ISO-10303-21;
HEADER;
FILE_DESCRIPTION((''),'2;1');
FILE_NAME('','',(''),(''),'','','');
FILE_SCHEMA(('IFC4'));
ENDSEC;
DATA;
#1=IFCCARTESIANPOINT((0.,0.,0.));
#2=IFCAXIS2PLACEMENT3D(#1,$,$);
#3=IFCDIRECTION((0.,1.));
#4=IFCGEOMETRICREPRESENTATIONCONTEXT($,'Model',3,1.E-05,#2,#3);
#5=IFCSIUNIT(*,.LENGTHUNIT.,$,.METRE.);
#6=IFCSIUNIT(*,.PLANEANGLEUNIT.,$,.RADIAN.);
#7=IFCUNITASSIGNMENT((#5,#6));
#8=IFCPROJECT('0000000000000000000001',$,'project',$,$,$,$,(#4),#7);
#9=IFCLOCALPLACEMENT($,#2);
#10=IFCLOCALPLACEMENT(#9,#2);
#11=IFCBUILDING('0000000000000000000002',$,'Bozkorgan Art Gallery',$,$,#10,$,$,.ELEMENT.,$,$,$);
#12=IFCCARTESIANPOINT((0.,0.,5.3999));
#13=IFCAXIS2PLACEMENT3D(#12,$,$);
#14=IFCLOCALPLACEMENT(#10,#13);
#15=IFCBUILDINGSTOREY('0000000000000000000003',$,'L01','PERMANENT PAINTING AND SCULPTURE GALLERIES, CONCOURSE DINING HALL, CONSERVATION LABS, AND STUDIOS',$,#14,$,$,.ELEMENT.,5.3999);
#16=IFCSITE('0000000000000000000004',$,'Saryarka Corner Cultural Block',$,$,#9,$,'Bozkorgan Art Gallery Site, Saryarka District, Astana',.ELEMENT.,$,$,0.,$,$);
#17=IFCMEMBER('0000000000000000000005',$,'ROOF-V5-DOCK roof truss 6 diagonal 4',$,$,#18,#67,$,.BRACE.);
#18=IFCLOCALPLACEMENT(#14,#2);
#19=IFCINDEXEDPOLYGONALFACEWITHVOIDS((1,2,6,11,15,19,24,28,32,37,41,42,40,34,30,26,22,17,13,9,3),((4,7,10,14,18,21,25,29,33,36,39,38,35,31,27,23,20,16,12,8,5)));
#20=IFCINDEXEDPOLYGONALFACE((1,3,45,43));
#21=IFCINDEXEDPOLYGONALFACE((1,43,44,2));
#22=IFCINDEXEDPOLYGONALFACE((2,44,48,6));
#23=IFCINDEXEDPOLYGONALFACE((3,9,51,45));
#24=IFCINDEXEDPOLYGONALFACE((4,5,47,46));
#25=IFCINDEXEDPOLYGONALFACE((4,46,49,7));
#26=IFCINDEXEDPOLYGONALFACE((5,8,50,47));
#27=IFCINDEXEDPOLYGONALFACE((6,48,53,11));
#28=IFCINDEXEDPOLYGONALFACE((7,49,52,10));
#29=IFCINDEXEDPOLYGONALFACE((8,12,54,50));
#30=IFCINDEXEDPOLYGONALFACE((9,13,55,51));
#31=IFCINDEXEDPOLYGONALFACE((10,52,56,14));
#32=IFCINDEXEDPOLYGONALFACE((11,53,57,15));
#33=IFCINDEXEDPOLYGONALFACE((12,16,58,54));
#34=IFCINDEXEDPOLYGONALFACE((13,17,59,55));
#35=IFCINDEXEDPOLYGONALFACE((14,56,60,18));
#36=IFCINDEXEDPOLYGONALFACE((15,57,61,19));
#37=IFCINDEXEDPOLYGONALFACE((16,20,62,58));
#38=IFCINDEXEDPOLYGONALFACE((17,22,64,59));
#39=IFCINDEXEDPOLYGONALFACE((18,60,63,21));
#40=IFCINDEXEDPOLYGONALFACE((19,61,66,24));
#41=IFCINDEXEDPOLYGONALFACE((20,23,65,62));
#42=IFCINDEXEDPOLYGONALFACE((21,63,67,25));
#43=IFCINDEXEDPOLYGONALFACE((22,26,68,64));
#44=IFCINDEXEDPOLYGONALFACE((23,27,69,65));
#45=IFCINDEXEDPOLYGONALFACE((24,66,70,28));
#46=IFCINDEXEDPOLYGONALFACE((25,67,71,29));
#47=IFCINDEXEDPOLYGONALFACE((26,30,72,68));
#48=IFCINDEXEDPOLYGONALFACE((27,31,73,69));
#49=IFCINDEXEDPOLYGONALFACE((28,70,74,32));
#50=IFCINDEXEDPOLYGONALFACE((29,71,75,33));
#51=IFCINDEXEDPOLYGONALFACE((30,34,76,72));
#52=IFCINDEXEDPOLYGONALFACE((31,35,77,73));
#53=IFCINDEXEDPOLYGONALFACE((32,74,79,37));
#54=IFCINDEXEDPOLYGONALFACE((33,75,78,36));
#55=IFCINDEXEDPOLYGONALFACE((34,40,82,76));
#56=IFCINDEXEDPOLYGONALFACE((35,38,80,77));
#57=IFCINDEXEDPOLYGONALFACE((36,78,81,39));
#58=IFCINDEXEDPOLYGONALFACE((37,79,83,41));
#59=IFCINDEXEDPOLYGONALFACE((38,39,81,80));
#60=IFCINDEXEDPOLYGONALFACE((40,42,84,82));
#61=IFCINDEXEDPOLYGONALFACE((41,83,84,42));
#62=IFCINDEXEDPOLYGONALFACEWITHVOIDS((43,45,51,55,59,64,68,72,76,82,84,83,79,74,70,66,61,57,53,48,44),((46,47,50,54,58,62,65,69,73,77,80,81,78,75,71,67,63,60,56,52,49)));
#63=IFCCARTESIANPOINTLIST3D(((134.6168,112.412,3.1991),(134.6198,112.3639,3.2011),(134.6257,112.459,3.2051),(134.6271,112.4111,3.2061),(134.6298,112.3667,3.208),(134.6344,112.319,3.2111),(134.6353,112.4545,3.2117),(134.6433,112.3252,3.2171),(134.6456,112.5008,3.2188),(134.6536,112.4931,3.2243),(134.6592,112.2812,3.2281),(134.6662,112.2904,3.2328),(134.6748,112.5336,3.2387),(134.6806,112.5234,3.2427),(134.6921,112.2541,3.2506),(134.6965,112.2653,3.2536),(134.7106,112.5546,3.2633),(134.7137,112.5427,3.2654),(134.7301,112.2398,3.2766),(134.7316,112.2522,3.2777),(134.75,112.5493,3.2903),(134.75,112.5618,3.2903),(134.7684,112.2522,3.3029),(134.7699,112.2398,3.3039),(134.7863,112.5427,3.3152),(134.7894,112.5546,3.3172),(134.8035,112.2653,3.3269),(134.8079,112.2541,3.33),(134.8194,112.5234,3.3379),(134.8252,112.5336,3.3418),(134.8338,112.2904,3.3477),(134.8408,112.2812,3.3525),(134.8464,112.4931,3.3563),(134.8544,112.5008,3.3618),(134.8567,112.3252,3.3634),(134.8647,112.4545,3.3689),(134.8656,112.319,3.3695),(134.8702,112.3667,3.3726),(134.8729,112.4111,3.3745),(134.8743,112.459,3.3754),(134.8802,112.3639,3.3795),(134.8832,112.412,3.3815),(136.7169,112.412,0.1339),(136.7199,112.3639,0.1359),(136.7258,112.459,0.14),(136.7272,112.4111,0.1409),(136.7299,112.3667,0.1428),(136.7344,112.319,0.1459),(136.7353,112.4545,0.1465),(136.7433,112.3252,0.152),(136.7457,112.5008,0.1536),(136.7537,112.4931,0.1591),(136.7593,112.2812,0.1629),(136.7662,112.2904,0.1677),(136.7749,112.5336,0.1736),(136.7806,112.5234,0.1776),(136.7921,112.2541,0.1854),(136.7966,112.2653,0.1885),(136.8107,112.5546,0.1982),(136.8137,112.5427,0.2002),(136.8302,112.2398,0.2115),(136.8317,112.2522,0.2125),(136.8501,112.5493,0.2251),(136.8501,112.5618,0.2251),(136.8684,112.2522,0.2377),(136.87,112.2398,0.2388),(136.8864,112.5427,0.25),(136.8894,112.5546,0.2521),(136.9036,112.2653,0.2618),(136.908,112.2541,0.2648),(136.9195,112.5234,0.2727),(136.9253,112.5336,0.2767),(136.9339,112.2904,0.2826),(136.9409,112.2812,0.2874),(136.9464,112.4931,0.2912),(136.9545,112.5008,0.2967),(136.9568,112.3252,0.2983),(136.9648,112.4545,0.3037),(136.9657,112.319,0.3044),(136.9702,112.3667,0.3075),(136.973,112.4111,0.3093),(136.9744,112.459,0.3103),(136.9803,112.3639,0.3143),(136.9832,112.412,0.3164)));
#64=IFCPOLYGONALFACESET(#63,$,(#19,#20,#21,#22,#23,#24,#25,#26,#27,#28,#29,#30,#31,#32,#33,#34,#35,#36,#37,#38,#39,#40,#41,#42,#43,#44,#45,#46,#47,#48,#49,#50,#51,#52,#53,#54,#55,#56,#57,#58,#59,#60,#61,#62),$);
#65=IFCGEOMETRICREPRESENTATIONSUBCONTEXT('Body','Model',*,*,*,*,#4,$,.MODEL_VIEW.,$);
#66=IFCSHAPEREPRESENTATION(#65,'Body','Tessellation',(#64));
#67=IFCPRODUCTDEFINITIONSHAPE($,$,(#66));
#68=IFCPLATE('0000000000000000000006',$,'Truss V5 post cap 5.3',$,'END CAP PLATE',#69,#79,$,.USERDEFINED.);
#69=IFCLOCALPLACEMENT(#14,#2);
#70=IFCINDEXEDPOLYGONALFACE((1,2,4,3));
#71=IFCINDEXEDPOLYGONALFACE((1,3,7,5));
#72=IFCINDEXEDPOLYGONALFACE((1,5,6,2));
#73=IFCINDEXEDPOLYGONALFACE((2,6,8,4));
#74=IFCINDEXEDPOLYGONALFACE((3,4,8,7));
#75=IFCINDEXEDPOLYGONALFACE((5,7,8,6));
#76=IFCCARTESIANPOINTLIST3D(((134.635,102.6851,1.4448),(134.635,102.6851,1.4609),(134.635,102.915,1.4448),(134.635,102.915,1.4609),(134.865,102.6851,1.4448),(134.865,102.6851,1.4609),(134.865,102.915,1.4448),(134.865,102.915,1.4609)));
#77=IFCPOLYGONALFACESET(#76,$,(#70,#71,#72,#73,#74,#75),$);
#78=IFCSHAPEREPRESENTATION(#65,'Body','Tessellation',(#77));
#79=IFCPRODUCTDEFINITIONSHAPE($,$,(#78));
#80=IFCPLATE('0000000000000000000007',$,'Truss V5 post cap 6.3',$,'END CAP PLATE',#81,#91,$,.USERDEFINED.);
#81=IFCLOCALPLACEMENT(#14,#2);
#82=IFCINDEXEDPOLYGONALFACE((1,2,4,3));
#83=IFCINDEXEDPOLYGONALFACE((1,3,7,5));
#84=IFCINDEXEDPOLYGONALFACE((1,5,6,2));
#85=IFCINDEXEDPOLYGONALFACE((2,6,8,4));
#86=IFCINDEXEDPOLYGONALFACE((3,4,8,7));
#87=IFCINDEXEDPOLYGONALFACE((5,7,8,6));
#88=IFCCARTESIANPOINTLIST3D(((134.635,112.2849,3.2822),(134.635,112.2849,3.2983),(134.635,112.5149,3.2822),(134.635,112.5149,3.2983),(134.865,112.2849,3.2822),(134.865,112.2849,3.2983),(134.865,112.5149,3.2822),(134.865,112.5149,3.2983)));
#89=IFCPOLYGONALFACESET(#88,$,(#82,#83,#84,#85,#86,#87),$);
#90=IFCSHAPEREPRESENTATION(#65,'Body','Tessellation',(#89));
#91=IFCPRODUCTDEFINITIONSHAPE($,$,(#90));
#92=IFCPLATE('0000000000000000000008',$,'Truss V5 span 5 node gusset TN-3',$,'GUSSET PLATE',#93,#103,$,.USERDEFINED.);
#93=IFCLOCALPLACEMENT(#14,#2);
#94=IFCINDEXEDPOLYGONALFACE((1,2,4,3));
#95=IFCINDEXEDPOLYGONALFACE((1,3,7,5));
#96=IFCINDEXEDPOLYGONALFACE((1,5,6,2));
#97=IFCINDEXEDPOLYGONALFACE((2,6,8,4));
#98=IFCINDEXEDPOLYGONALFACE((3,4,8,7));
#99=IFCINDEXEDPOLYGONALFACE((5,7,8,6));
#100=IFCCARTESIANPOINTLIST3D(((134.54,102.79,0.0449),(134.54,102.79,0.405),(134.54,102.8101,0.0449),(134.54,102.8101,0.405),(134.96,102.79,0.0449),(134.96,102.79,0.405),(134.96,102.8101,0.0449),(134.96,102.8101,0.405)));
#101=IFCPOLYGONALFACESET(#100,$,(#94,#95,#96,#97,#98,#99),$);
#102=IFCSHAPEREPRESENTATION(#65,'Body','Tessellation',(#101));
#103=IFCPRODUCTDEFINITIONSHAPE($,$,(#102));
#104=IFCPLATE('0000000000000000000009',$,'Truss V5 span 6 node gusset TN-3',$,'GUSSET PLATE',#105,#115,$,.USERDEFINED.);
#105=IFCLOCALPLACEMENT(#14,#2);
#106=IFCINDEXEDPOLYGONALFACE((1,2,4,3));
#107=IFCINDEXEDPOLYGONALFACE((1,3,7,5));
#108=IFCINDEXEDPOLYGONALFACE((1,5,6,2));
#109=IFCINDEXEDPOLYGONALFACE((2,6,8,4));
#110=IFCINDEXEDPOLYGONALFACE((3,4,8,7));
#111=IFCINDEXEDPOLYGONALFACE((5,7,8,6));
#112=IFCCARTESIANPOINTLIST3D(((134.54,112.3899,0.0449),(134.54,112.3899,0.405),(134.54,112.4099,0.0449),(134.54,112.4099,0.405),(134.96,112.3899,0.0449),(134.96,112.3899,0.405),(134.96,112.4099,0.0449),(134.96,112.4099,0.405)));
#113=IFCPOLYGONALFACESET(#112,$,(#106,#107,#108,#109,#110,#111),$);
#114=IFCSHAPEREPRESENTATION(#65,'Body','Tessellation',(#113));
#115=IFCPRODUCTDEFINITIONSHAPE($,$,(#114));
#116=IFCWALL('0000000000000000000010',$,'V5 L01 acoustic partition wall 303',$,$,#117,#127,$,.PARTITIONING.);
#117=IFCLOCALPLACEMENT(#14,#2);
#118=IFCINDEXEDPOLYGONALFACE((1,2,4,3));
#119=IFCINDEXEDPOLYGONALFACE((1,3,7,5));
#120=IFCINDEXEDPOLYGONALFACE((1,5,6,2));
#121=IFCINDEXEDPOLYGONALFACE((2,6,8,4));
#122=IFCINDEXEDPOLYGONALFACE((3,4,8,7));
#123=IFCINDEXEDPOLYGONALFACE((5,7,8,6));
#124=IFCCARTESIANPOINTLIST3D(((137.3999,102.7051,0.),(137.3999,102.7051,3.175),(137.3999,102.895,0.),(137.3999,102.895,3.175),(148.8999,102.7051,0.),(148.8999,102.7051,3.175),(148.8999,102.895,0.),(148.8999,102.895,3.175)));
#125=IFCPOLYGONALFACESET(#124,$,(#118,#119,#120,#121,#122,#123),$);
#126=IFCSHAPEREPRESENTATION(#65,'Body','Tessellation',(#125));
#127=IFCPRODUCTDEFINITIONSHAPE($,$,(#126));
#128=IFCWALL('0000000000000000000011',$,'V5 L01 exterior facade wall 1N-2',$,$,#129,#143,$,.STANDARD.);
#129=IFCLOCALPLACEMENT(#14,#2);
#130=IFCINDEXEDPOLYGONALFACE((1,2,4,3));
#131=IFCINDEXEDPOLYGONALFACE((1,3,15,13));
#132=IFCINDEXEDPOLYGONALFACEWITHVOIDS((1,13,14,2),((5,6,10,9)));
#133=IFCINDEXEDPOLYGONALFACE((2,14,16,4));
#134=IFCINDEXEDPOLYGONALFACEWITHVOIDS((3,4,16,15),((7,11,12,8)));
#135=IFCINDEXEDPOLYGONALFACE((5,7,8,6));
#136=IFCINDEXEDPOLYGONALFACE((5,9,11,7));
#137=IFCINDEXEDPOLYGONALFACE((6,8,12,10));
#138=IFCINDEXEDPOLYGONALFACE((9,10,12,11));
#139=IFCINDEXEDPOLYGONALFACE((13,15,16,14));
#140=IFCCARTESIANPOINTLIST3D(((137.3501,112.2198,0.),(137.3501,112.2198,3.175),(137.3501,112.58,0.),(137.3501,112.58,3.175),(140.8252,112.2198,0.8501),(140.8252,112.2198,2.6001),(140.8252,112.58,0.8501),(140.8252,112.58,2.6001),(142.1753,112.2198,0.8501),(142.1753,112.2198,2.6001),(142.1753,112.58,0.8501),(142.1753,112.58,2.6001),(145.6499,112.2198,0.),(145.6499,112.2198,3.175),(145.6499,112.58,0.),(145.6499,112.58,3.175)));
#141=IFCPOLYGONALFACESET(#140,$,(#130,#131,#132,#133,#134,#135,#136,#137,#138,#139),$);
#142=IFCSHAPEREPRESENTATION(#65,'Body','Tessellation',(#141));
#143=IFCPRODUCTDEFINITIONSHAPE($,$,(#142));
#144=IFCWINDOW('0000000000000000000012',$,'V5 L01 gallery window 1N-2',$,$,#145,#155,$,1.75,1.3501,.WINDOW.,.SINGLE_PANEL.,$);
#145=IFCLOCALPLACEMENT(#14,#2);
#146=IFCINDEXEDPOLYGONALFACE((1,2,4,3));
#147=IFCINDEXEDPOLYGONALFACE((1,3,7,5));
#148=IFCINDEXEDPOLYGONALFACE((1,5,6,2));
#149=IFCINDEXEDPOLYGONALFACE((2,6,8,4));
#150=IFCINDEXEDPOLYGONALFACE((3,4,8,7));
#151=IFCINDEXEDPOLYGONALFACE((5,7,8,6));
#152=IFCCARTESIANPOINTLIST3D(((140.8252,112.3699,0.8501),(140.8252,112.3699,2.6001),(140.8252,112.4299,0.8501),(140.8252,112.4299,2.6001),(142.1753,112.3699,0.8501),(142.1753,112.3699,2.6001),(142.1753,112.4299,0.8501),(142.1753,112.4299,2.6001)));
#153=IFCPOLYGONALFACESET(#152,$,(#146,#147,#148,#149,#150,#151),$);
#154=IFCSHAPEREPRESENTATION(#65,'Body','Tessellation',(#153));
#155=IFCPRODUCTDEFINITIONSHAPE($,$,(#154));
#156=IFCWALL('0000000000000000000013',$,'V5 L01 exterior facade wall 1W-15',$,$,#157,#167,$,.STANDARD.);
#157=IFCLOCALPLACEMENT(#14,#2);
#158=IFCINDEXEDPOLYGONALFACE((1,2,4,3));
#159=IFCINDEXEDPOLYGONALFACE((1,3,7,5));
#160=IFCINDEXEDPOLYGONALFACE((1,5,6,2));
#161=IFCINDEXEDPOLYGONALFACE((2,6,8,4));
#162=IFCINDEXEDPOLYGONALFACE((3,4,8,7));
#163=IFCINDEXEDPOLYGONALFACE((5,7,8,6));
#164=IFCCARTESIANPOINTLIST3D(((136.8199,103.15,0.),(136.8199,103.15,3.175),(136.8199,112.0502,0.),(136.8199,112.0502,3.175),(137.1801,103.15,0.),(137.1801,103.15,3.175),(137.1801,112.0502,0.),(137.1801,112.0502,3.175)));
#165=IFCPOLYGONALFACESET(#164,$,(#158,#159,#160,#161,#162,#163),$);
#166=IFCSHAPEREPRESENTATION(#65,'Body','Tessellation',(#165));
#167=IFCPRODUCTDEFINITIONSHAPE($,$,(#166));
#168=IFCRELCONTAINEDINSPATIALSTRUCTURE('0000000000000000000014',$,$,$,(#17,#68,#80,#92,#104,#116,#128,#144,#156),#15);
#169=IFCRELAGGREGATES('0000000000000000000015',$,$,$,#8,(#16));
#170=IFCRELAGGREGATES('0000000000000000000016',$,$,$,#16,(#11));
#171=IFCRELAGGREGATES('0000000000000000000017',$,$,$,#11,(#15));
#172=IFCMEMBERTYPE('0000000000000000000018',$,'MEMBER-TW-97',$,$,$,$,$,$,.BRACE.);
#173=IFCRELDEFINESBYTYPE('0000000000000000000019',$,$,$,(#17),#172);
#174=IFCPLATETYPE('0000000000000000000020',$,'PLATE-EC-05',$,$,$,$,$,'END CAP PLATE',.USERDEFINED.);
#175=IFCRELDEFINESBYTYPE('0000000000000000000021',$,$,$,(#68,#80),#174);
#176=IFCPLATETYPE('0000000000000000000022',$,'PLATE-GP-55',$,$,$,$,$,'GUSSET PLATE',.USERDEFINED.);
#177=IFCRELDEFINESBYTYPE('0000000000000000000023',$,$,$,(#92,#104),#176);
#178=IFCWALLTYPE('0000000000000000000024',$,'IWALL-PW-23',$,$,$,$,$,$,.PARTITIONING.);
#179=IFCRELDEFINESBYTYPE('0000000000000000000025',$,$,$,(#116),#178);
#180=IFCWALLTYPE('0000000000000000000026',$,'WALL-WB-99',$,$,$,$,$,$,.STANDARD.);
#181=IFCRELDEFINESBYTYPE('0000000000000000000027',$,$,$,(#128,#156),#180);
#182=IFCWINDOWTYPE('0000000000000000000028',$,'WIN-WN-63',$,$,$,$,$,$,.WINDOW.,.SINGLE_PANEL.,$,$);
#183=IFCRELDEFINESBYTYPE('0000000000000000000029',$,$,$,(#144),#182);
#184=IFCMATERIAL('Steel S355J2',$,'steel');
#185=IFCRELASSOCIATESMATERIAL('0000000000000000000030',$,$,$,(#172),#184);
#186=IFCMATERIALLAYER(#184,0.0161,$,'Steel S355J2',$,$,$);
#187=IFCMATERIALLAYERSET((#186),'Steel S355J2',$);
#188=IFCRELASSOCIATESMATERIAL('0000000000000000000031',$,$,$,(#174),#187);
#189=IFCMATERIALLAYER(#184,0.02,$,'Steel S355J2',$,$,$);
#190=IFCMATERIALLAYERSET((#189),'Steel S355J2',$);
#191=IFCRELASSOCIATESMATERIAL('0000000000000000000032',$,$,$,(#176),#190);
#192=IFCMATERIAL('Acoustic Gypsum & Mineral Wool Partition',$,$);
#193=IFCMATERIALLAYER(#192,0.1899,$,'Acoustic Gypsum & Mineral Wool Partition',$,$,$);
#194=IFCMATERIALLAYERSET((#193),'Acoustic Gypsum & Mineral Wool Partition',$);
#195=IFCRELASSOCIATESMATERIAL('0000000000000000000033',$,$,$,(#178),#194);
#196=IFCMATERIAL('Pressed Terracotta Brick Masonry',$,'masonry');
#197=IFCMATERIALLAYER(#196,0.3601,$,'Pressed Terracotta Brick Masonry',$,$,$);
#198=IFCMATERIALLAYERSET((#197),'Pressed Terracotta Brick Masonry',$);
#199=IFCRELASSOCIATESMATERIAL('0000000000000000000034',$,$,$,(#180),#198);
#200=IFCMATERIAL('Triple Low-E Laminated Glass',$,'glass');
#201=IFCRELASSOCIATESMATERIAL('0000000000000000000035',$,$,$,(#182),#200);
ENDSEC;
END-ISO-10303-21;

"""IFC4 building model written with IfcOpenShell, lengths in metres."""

from ifc_helpers import new_model, si_unit, direction, frame, frame_2d, origin, origin_2d, place, context, subcontext, project, spatial, rectangle, hollow_circle, extrude, material, layer, layer_set, material_profile, profile_set, type_object, element, fill, save


model = new_model("IFC4")

# Units and contexts
model_context = context("Model", 3, precision=1e-05, world=origin(), true_north=direction((0.0, 1.0)))
body_context = subcontext(model_context, "Body", "Model", "MODEL_VIEW")
ifc_project = project(units=[si_unit("LENGTHUNIT", "METRE"), si_unit("PLANEANGLEUNIT", "RADIAN")], contexts=[model_context])

# Site, building, storey
site_placement = place(None, origin())
site = spatial("IfcSite", under=ifc_project, at=site_placement, Name="Saryarka Corner Cultural Block", LongName="Bozkorgan Art Gallery Site, Saryarka District, Astana", CompositionType="ELEMENT", RefElevation=0.0)
building_placement = place(site_placement, origin())
building = spatial("IfcBuilding", under=site, at=building_placement, Name="Bozkorgan Art Gallery", CompositionType="ELEMENT")
storey_placement = place(building_placement, frame((0.0, 0.0, 5.3999)))
storey = spatial("IfcBuildingStorey", under=building, at=storey_placement, Name="L01", Description="PERMANENT PAINTING AND SCULPTURE GALLERIES, CONCOURSE DINING HALL, CONSERVATION LABS, AND STUDIOS", CompositionType="ELEMENT", Elevation=5.3999)

# Shared definitions
ifc_material_1 = material(Name="Steel S355J2", Category="steel")

# Member
ifc_material_profile_1 = material_profile(ifc_material_1, hollow_circle(Radius=0.1619, WallThickness=0.0125, at=origin_2d()), Name="CHS 323.9x12.5")
ifc_profile_set_1 = profile_set([ifc_material_profile_1], Name="Steel S355J2")
member_type_1 = type_object("IfcMemberType", Name="MEMBER-TW-97", PredefinedType="BRACE", material=ifc_profile_set_1)
member_1_placement = place(storey_placement, frame((134.75, 112.3999, 3.2903), z_axis=(0.565209, 0.0, -0.824948), x_axis=(0.0, 1.0, 0.0)))
element("IfcMember", 1, at=member_1_placement, inside=storey, type_object=member_type_1, Name="ROOF-V5-DOCK roof truss 6 diagonal 4", PredefinedType="BRACE", context=body_context, shape_type="SweptSolid", body=[
    extrude(hollow_circle(Radius=0.1619, WallThickness=0.0125, at=origin_2d()), origin(), (0.0, 0.0, 1.0), 3.7156),
])

# Plates
ifc_layer_1 = layer(ifc_material_1, 0.0161, Name="Steel S355J2")
ifc_layer_set_1 = layer_set([ifc_layer_1], Name="Steel S355J2")
plate_type_1 = type_object("IfcPlateType", Name="PLATE-EC-05", ElementType="END CAP PLATE", PredefinedType="USERDEFINED", material=ifc_layer_set_1)
for number, where, z_axis, x_axis, name in (
    (2, (134.75, 102.8, 1.4448), (0.0, 0.0, 1.0), (1.0, 0.0, 0.0), "Truss V5 post cap 5.3"),
    (3, (134.75, 112.3999, 3.2822), (0.0, 0.0, 1.0), (1.0, 0.0, 0.0), "Truss V5 post cap 6.3"),
):
    element("IfcPlate", number, at=place(storey_placement, frame(where, z_axis=z_axis, x_axis=x_axis)), inside=storey, type_object=plate_type_1, Name=name, ObjectType="END CAP PLATE", PredefinedType="USERDEFINED", context=body_context, shape_type="SweptSolid", body=[
        extrude(rectangle(XDim=0.23, YDim=0.23, at=origin_2d()), origin(), (0.0, 0.0, 1.0), 0.0161),
    ])
ifc_layer_2 = layer(ifc_material_1, 0.02, Name="Steel S355J2")
ifc_layer_set_2 = layer_set([ifc_layer_2], Name="Steel S355J2")
plate_type_2 = type_object("IfcPlateType", Name="PLATE-GP-55", ElementType="GUSSET PLATE", PredefinedType="USERDEFINED", material=ifc_layer_set_2)
for number, where, z_axis, x_axis, name in (
    (4, (134.75, 102.8, 0.0449), (0.0, 0.0, 1.0), (1.0, 0.0, 0.0), "Truss V5 span 5 node gusset TN-3"),
    (5, (134.75, 112.3999, 0.0449), (0.0, 0.0, 1.0), (1.0, 0.0, 0.0), "Truss V5 span 6 node gusset TN-3"),
):
    element("IfcPlate", number, at=place(storey_placement, frame(where, z_axis=z_axis, x_axis=x_axis)), inside=storey, type_object=plate_type_2, Name=name, ObjectType="GUSSET PLATE", PredefinedType="USERDEFINED", context=body_context, shape_type="SweptSolid", body=[
        extrude(rectangle(XDim=0.4199, YDim=0.02, at=origin_2d()), origin(), (0.0, 0.0, 1.0), 0.3601),
    ])

# Wall
ifc_material_2 = material(Name="Acoustic Gypsum & Mineral Wool Partition")
ifc_layer_3 = layer(ifc_material_2, 0.1899, Name="Acoustic Gypsum & Mineral Wool Partition")
ifc_layer_set_3 = layer_set([ifc_layer_3], Name="Acoustic Gypsum & Mineral Wool Partition")
wall_type_1 = type_object("IfcWallType", Name="IWALL-PW-23", PredefinedType="PARTITIONING", material=ifc_layer_set_3)
wall_1_placement = place(storey_placement, frame((137.3999, 102.8, 0.0), z_axis=(0.0, 0.0, 1.0), x_axis=(1.0, 0.0, 0.0)))
element("IfcWall", 6, at=wall_1_placement, inside=storey, type_object=wall_type_1, Name="V5 L01 acoustic partition wall 303", PredefinedType="PARTITIONING", context=body_context, shape_type="SweptSolid", body=[
    extrude(rectangle(XDim=11.5, YDim=0.1899, at=frame_2d((5.75, 0.0))), origin(), (0.0, 0.0, 1.0), 3.175),
])

# Wall, opening, window
ifc_material_3 = material(Name="Pressed Terracotta Brick Masonry", Category="masonry")
ifc_layer_4 = layer(ifc_material_3, 0.3601, Name="Pressed Terracotta Brick Masonry")
ifc_layer_set_4 = layer_set([ifc_layer_4], Name="Pressed Terracotta Brick Masonry")
wall_type_2 = type_object("IfcWallType", Name="WALL-WB-99", PredefinedType="STANDARD", material=ifc_layer_set_4)
wall_2_placement = place(storey_placement, frame((137.3501, 112.3999, 0.0), z_axis=(0.0, 0.0, 1.0), x_axis=(1.0, 0.0, 0.0)))
wall_2 = element("IfcWall", 7, at=wall_2_placement, inside=storey, type_object=wall_type_2, Name="V5 L01 exterior facade wall 1N-2", PredefinedType="STANDARD", context=body_context, shape_type="SweptSolid", body=[
    extrude(rectangle(XDim=8.2998, YDim=0.3601, at=frame_2d((4.1499, 0.0))), origin(), (0.0, 0.0, 1.0), 3.175),
])
opening_placement = place(wall_2_placement, frame((3.4751, 0.0, 0.8501)))
opening = element("IfcOpeningElement", 8, at=opening_placement, cuts=wall_2, PredefinedType="OPENING", context=body_context, shape_type="SweptSolid", body=[
    extrude(rectangle(XDim=1.3501, YDim=1.75, at=frame_2d((0.675, 0.875))), frame((0.0, 0.1899, 0.0), z_axis=(0.0, -1.0, 0.0), x_axis=(1.0, 0.0, 0.0)), (0.0, 0.0, 1.0), 0.3801),
])
ifc_material_4 = material(Name="Triple Low-E Laminated Glass", Category="glass")
window_type = type_object("IfcWindowType", Name="WIN-WN-63", PartitioningType="SINGLE_PANEL", PredefinedType="WINDOW", material=ifc_material_4)
window_placement = place(opening_placement, origin())
window = element("IfcWindow", 9, at=window_placement, inside=storey, type_object=window_type, Name="V5 L01 gallery window 1N-2", OverallHeight=1.75, OverallWidth=1.3501, PartitioningType="SINGLE_PANEL", PredefinedType="WINDOW", context=body_context, shape_type="SweptSolid", body=[
    extrude(rectangle(XDim=1.3501, YDim=1.75, at=frame_2d((0.675, 0.875))), frame((0.0, 0.03, 0.0), z_axis=(0.0, -1.0, 0.0), x_axis=(1.0, 0.0, 0.0)), (0.0, 0.0, 1.0), 0.0601),
])
fill(opening, window)

# Wall
wall_3_placement = place(storey_placement, frame((137.0, 103.1499, 0.0), z_axis=(0.0, 0.0, 1.0), x_axis=(0.0, 1.0, 0.0)))
element("IfcWall", 10, at=wall_3_placement, inside=storey, type_object=wall_type_2, Name="V5 L01 exterior facade wall 1W-15", PredefinedType="STANDARD", context=body_context, shape_type="SweptSolid", body=[
    extrude(rectangle(XDim=8.9001, YDim=0.3601, at=frame_2d((4.4502, 0.0))), origin(), (0.0, 0.0, 1.0), 3.175),
])

save(model, "model.ifc")
